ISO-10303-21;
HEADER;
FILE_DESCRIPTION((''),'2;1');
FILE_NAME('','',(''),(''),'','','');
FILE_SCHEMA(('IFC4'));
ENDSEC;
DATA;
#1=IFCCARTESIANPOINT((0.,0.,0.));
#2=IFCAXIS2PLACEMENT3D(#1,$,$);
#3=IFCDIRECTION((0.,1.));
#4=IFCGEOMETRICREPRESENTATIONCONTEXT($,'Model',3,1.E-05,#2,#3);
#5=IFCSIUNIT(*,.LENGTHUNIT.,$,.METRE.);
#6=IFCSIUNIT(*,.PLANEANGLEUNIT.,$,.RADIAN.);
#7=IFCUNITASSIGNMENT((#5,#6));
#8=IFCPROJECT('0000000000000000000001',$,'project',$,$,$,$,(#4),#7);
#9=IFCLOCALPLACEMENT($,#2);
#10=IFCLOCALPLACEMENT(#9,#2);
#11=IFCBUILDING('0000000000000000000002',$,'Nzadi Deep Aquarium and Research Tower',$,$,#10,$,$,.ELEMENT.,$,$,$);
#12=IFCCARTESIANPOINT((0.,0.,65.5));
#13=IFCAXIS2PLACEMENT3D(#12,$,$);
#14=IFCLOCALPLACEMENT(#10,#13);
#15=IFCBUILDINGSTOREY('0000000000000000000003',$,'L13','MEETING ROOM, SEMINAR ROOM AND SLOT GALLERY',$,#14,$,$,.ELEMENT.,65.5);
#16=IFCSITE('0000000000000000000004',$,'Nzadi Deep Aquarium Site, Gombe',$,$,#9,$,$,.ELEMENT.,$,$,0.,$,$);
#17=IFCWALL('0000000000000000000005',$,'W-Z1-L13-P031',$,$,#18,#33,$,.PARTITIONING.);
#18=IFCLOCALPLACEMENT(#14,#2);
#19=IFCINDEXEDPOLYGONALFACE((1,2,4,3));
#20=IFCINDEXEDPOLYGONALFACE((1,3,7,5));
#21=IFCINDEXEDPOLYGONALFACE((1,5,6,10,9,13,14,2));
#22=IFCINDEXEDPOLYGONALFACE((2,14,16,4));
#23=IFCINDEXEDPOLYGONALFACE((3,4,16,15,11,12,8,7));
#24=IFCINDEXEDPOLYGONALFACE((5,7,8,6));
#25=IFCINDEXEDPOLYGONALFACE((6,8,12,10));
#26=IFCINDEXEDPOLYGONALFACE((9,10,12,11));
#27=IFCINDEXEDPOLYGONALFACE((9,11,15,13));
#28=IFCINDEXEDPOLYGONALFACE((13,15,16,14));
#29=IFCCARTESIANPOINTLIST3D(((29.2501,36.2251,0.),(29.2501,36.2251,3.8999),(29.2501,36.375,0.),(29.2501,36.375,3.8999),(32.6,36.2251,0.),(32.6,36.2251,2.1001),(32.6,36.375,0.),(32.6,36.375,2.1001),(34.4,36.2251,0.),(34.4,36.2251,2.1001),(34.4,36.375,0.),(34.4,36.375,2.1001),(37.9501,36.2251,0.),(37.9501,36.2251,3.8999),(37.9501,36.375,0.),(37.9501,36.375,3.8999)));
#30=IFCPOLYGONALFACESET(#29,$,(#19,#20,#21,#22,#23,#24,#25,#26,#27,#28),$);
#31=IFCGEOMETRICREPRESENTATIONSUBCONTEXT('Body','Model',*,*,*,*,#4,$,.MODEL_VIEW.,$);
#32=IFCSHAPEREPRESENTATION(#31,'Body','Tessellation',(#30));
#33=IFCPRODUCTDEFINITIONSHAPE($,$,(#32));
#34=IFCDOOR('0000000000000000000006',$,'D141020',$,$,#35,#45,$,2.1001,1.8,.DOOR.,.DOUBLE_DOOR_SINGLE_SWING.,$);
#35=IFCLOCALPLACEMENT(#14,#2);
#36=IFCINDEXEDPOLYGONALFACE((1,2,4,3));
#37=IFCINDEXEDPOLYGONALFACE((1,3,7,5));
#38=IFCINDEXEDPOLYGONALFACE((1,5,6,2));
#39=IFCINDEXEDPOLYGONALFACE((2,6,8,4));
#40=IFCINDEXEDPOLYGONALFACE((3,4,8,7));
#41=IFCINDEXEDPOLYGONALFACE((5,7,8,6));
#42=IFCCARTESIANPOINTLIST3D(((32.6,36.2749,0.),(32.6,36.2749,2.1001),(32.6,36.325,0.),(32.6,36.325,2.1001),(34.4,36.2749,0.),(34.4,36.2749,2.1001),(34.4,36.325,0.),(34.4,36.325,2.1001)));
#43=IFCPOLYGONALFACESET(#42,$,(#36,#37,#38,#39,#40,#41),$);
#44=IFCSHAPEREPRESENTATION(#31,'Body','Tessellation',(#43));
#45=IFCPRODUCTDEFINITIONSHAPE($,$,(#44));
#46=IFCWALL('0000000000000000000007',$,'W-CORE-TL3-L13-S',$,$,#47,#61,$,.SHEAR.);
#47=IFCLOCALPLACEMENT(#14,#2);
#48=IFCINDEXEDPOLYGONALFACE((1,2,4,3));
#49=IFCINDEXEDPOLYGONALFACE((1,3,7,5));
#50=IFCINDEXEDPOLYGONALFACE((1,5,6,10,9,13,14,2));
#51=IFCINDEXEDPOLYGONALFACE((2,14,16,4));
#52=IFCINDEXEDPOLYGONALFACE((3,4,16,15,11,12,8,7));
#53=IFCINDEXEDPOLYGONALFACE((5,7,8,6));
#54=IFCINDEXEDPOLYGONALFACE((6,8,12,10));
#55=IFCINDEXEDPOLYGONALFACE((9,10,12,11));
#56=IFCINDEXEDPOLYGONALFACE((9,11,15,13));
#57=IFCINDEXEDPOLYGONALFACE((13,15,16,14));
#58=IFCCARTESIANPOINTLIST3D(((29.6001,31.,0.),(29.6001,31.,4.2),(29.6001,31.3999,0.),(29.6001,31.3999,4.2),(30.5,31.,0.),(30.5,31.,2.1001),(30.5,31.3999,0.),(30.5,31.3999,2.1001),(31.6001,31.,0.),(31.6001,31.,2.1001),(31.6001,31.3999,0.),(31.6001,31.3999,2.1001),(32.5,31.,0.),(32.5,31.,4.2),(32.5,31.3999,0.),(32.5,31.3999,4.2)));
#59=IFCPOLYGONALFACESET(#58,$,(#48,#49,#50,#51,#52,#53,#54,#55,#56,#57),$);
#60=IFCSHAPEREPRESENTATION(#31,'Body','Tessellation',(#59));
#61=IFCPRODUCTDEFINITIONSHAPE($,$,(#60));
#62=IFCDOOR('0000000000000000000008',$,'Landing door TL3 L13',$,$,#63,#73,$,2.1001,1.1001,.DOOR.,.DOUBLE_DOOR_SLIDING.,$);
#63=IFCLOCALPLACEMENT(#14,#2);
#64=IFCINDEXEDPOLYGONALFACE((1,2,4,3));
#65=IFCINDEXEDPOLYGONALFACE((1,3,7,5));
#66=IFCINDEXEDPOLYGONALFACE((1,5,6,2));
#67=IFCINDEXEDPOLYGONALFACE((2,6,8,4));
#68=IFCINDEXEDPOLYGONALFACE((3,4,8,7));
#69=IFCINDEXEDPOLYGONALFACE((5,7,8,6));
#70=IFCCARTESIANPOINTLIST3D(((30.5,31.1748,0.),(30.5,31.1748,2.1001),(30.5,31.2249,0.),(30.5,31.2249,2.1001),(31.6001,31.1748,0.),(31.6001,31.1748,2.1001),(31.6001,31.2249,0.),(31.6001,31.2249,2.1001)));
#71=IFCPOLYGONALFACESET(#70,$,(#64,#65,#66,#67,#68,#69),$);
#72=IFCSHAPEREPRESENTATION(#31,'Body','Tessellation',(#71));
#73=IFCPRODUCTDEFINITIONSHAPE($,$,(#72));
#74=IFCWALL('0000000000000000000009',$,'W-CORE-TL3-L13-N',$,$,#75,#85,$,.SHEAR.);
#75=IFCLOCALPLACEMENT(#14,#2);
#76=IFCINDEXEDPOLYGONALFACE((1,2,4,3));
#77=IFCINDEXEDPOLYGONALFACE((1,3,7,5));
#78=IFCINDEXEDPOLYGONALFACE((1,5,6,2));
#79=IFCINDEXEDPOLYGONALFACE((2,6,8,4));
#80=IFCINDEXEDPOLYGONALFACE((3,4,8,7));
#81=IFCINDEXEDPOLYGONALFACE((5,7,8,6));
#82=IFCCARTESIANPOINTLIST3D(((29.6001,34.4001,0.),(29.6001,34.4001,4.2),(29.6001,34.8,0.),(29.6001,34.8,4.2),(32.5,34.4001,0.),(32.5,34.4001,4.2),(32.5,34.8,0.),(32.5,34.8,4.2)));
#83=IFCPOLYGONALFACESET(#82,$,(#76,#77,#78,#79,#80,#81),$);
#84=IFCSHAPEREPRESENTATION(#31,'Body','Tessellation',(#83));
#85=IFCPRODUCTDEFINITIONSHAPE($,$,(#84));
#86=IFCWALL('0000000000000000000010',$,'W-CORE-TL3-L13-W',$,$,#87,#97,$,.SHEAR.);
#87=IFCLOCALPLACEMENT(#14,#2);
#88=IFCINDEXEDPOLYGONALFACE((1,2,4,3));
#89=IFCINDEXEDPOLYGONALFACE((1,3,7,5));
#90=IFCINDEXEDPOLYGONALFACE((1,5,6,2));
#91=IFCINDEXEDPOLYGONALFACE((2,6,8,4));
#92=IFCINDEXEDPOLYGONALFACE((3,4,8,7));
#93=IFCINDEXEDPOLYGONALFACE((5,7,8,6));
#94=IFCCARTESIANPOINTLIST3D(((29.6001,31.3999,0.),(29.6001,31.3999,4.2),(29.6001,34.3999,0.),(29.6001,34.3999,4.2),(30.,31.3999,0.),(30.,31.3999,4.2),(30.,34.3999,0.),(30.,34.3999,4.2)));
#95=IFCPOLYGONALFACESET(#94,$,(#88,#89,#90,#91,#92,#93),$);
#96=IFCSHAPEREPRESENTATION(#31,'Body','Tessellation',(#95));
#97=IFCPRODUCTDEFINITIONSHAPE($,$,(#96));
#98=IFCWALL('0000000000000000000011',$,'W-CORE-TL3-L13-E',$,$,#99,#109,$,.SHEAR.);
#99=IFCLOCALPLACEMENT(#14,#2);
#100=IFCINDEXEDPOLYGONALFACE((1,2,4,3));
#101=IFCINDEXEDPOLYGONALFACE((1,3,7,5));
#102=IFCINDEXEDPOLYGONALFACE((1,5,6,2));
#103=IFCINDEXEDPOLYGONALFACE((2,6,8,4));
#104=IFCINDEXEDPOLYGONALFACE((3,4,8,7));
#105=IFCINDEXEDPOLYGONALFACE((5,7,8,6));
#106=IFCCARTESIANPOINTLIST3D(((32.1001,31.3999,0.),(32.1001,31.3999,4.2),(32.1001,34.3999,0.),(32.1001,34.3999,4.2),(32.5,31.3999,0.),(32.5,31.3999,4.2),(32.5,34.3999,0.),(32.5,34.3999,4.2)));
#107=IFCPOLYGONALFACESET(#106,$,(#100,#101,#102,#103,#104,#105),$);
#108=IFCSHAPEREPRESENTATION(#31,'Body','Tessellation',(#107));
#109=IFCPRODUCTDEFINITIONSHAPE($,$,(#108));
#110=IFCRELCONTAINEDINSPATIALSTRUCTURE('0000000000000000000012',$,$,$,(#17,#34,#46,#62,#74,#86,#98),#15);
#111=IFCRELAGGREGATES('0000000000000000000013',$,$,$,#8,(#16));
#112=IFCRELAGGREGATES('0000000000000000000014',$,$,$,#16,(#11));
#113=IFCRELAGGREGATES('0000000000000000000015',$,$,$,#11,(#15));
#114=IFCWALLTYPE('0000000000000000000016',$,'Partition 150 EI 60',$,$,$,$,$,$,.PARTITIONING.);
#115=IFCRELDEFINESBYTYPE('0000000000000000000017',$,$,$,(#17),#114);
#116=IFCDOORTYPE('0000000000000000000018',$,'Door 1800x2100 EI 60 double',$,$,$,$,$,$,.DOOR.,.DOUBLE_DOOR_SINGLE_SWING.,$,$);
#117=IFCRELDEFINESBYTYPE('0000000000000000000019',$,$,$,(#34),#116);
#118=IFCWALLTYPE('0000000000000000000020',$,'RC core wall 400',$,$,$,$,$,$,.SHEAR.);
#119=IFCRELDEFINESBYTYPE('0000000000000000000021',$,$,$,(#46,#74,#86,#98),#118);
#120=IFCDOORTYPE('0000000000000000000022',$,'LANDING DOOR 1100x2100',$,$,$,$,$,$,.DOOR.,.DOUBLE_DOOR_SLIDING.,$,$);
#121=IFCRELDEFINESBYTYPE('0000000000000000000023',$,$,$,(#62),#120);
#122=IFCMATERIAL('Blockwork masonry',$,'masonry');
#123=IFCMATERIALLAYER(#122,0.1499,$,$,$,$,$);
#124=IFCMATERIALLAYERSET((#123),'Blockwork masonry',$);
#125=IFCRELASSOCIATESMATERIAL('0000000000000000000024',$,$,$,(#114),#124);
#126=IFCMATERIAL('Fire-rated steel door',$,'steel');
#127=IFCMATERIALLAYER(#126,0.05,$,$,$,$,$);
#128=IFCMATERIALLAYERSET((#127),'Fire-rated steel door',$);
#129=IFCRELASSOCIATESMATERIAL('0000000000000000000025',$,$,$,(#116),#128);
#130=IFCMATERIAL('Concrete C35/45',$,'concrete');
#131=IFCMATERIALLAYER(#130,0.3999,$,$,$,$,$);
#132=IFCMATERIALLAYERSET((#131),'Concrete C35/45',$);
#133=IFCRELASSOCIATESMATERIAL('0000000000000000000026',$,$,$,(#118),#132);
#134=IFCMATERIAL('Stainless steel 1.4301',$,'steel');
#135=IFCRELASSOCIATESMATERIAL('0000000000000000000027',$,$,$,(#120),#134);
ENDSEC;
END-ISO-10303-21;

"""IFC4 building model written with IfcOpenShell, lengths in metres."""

from ifc_helpers import new_model, si_unit, direction, frame, frame_2d, origin, place, context, subcontext, project, spatial, rectangle, extrude, material, layer, layer_set, type_object, element, fill, save


model = new_model("IFC4")

# Units and contexts
model_context = context("Model", 3, precision=1e-05, world=origin(), true_north=direction((0.0, 1.0)))
body_context = subcontext(model_context, "Body", "Model", "MODEL_VIEW")
ifc_project = project(units=[si_unit("LENGTHUNIT", "METRE"), si_unit("PLANEANGLEUNIT", "RADIAN")], contexts=[model_context])

# Site, building, storey
site_placement = place(None, origin())
site = spatial("IfcSite", under=ifc_project, at=site_placement, Name="Nzadi Deep Aquarium Site, Gombe", CompositionType="ELEMENT", RefElevation=0.0)
building_placement = place(site_placement, origin())
building = spatial("IfcBuilding", under=site, at=building_placement, Name="Nzadi Deep Aquarium and Research Tower", CompositionType="ELEMENT")
storey_placement = place(building_placement, frame((0.0, 0.0, 65.5)))
storey = spatial("IfcBuildingStorey", under=building, at=storey_placement, Name="L13", Description="MEETING ROOM, SEMINAR ROOM AND SLOT GALLERY", CompositionType="ELEMENT", Elevation=65.5)

# Walls, openings, doors
ifc_material_1 = material(Name="Blockwork masonry", Category="masonry")
ifc_layer_1 = layer(ifc_material_1, 0.1499)
ifc_layer_set_1 = layer_set([ifc_layer_1], Name="Blockwork masonry")
wall_type_1 = type_object("IfcWallType", Name="Partition 150 EI 60", PredefinedType="PARTITIONING", material=ifc_layer_set_1)
wall_1_placement = place(storey_placement, frame((29.25, 36.3, 0.0), z_axis=(0.0, 0.0, 1.0), x_axis=(1.0, 0.0, 0.0)))
wall_1 = element("IfcWall", 1, at=wall_1_placement, inside=storey, type_object=wall_type_1, Name="W-Z1-L13-P031", PredefinedType="PARTITIONING", context=body_context, shape_type="SweptSolid", body=[
    extrude(rectangle(XDim=8.7, YDim=0.1499, at=frame_2d((4.3501, 0.0))), origin(), (0.0, 0.0, 1.0), 3.8999),
])
opening_1_placement = place(wall_1_placement, frame((3.3501, 0.0, 0.0)))
opening_1 = element("IfcOpeningElement", 2, at=opening_1_placement, cuts=wall_1, PredefinedType="OPENING", context=body_context, shape_type="SweptSolid", body=[
    extrude(rectangle(XDim=1.8, YDim=2.1001, at=frame_2d((0.8999, 1.05))), frame((0.0, 0.085, 0.0), z_axis=(0.0, -1.0, 0.0), x_axis=(1.0, 0.0, 0.0)), (0.0, 0.0, 1.0), 0.1699),
])
ifc_material_2 = material(Name="Fire-rated steel door", Category="steel")
ifc_layer_2 = layer(ifc_material_2, 0.05)
ifc_layer_set_2 = layer_set([ifc_layer_2], Name="Fire-rated steel door")
door_type_1 = type_object("IfcDoorType", Name="Door 1800x2100 EI 60 double", OperationType="DOUBLE_DOOR_SINGLE_SWING", PredefinedType="DOOR", material=ifc_layer_set_2)
door_1_placement = place(opening_1_placement, origin())
door_1 = element("IfcDoor", 3, at=door_1_placement, inside=storey, type_object=door_type_1, Name="D141020", OperationType="DOUBLE_DOOR_SINGLE_SWING", OverallHeight=2.1001, OverallWidth=1.8, PredefinedType="DOOR", context=body_context, shape_type="SweptSolid", body=[
    extrude(rectangle(XDim=1.8, YDim=2.1001, at=frame_2d((0.8999, 1.05))), frame((0.0, 0.0249, 0.0), z_axis=(0.0, -1.0, 0.0), x_axis=(1.0, 0.0, 0.0)), (0.0, 0.0, 1.0), 0.05),
])
fill(opening_1, door_1)
ifc_material_3 = material(Name="Concrete C35/45", Category="concrete")
ifc_layer_3 = layer(ifc_material_3, 0.3999)
ifc_layer_set_3 = layer_set([ifc_layer_3], Name="Concrete C35/45")
wall_type_2 = type_object("IfcWallType", Name="RC core wall 400", PredefinedType="SHEAR", material=ifc_layer_set_3)
wall_2_placement = place(storey_placement, frame((29.6001, 31.2, 0.0), z_axis=(0.0, 0.0, 1.0), x_axis=(1.0, 0.0, 0.0)))
wall_2 = element("IfcWall", 4, at=wall_2_placement, inside=storey, type_object=wall_type_2, Name="W-CORE-TL3-L13-S", PredefinedType="SHEAR", context=body_context, shape_type="SweptSolid", body=[
    extrude(rectangle(XDim=2.8999, YDim=0.3999, at=frame_2d((1.45, 0.0))), origin(), (0.0, 0.0, 1.0), 4.2),
])
opening_2_placement = place(wall_2_placement, frame((0.8999, 0.0, 0.0)))
opening_2 = element("IfcOpeningElement", 5, at=opening_2_placement, cuts=wall_2, PredefinedType="OPENING", context=body_context, shape_type="SweptSolid", body=[
    extrude(rectangle(XDim=1.1001, YDim=2.1001, at=frame_2d((0.55, 1.05))), frame((0.0, 0.21, 0.0), z_axis=(0.0, -1.0, 0.0), x_axis=(1.0, 0.0, 0.0)), (0.0, 0.0, 1.0), 0.4199),
])
ifc_material_4 = material(Name="Stainless steel 1.4301", Category="steel")
door_type_2 = type_object("IfcDoorType", Name="LANDING DOOR 1100x2100", OperationType="DOUBLE_DOOR_SLIDING", PredefinedType="DOOR", material=ifc_material_4)
door_2_placement = place(opening_2_placement, origin())
door_2 = element("IfcDoor", 6, at=door_2_placement, inside=storey, type_object=door_type_2, Name="Landing door TL3 L13", OperationType="DOUBLE_DOOR_SLIDING", OverallHeight=2.1001, OverallWidth=1.1001, PredefinedType="DOOR", context=body_context, shape_type="SweptSolid", body=[
    extrude(rectangle(XDim=1.1001, YDim=2.1001, at=frame_2d((0.55, 1.05))), frame((0.0, 0.0249, 0.0), z_axis=(0.0, -1.0, 0.0), x_axis=(1.0, 0.0, 0.0)), (0.0, 0.0, 1.0), 0.05),
])
fill(opening_2, door_2)

# Walls
wall_3_placement = place(storey_placement, frame((29.6001, 34.6001, 0.0), z_axis=(0.0, 0.0, 1.0), x_axis=(1.0, 0.0, 0.0)))
element("IfcWall", 7, at=wall_3_placement, inside=storey, type_object=wall_type_2, Name="W-CORE-TL3-L13-N", PredefinedType="SHEAR", context=body_context, shape_type="SweptSolid", body=[
    extrude(rectangle(XDim=2.8999, YDim=0.3999, at=frame_2d((1.45, 0.0))), origin(), (0.0, 0.0, 1.0), 4.2),
])
for number, where, z_axis, x_axis, name in (
    (8, (29.8, 31.3999, 0.0), (0.0, 0.0, 1.0), (0.0, 1.0, 0.0), "W-CORE-TL3-L13-W"),
    (9, (32.3, 31.3999, 0.0), (0.0, 0.0, 1.0), (0.0, 1.0, 0.0), "W-CORE-TL3-L13-E"),
):
    element("IfcWall", number, at=place(storey_placement, frame(where, z_axis=z_axis, x_axis=x_axis)), inside=storey, type_object=wall_type_2, Name=name, PredefinedType="SHEAR", context=body_context, shape_type="SweptSolid", body=[
        extrude(rectangle(XDim=3.0, YDim=0.3999, at=frame_2d((1.5, 0.0))), origin(), (0.0, 0.0, 1.0), 4.2),
    ])

save(model, "model.ifc")
